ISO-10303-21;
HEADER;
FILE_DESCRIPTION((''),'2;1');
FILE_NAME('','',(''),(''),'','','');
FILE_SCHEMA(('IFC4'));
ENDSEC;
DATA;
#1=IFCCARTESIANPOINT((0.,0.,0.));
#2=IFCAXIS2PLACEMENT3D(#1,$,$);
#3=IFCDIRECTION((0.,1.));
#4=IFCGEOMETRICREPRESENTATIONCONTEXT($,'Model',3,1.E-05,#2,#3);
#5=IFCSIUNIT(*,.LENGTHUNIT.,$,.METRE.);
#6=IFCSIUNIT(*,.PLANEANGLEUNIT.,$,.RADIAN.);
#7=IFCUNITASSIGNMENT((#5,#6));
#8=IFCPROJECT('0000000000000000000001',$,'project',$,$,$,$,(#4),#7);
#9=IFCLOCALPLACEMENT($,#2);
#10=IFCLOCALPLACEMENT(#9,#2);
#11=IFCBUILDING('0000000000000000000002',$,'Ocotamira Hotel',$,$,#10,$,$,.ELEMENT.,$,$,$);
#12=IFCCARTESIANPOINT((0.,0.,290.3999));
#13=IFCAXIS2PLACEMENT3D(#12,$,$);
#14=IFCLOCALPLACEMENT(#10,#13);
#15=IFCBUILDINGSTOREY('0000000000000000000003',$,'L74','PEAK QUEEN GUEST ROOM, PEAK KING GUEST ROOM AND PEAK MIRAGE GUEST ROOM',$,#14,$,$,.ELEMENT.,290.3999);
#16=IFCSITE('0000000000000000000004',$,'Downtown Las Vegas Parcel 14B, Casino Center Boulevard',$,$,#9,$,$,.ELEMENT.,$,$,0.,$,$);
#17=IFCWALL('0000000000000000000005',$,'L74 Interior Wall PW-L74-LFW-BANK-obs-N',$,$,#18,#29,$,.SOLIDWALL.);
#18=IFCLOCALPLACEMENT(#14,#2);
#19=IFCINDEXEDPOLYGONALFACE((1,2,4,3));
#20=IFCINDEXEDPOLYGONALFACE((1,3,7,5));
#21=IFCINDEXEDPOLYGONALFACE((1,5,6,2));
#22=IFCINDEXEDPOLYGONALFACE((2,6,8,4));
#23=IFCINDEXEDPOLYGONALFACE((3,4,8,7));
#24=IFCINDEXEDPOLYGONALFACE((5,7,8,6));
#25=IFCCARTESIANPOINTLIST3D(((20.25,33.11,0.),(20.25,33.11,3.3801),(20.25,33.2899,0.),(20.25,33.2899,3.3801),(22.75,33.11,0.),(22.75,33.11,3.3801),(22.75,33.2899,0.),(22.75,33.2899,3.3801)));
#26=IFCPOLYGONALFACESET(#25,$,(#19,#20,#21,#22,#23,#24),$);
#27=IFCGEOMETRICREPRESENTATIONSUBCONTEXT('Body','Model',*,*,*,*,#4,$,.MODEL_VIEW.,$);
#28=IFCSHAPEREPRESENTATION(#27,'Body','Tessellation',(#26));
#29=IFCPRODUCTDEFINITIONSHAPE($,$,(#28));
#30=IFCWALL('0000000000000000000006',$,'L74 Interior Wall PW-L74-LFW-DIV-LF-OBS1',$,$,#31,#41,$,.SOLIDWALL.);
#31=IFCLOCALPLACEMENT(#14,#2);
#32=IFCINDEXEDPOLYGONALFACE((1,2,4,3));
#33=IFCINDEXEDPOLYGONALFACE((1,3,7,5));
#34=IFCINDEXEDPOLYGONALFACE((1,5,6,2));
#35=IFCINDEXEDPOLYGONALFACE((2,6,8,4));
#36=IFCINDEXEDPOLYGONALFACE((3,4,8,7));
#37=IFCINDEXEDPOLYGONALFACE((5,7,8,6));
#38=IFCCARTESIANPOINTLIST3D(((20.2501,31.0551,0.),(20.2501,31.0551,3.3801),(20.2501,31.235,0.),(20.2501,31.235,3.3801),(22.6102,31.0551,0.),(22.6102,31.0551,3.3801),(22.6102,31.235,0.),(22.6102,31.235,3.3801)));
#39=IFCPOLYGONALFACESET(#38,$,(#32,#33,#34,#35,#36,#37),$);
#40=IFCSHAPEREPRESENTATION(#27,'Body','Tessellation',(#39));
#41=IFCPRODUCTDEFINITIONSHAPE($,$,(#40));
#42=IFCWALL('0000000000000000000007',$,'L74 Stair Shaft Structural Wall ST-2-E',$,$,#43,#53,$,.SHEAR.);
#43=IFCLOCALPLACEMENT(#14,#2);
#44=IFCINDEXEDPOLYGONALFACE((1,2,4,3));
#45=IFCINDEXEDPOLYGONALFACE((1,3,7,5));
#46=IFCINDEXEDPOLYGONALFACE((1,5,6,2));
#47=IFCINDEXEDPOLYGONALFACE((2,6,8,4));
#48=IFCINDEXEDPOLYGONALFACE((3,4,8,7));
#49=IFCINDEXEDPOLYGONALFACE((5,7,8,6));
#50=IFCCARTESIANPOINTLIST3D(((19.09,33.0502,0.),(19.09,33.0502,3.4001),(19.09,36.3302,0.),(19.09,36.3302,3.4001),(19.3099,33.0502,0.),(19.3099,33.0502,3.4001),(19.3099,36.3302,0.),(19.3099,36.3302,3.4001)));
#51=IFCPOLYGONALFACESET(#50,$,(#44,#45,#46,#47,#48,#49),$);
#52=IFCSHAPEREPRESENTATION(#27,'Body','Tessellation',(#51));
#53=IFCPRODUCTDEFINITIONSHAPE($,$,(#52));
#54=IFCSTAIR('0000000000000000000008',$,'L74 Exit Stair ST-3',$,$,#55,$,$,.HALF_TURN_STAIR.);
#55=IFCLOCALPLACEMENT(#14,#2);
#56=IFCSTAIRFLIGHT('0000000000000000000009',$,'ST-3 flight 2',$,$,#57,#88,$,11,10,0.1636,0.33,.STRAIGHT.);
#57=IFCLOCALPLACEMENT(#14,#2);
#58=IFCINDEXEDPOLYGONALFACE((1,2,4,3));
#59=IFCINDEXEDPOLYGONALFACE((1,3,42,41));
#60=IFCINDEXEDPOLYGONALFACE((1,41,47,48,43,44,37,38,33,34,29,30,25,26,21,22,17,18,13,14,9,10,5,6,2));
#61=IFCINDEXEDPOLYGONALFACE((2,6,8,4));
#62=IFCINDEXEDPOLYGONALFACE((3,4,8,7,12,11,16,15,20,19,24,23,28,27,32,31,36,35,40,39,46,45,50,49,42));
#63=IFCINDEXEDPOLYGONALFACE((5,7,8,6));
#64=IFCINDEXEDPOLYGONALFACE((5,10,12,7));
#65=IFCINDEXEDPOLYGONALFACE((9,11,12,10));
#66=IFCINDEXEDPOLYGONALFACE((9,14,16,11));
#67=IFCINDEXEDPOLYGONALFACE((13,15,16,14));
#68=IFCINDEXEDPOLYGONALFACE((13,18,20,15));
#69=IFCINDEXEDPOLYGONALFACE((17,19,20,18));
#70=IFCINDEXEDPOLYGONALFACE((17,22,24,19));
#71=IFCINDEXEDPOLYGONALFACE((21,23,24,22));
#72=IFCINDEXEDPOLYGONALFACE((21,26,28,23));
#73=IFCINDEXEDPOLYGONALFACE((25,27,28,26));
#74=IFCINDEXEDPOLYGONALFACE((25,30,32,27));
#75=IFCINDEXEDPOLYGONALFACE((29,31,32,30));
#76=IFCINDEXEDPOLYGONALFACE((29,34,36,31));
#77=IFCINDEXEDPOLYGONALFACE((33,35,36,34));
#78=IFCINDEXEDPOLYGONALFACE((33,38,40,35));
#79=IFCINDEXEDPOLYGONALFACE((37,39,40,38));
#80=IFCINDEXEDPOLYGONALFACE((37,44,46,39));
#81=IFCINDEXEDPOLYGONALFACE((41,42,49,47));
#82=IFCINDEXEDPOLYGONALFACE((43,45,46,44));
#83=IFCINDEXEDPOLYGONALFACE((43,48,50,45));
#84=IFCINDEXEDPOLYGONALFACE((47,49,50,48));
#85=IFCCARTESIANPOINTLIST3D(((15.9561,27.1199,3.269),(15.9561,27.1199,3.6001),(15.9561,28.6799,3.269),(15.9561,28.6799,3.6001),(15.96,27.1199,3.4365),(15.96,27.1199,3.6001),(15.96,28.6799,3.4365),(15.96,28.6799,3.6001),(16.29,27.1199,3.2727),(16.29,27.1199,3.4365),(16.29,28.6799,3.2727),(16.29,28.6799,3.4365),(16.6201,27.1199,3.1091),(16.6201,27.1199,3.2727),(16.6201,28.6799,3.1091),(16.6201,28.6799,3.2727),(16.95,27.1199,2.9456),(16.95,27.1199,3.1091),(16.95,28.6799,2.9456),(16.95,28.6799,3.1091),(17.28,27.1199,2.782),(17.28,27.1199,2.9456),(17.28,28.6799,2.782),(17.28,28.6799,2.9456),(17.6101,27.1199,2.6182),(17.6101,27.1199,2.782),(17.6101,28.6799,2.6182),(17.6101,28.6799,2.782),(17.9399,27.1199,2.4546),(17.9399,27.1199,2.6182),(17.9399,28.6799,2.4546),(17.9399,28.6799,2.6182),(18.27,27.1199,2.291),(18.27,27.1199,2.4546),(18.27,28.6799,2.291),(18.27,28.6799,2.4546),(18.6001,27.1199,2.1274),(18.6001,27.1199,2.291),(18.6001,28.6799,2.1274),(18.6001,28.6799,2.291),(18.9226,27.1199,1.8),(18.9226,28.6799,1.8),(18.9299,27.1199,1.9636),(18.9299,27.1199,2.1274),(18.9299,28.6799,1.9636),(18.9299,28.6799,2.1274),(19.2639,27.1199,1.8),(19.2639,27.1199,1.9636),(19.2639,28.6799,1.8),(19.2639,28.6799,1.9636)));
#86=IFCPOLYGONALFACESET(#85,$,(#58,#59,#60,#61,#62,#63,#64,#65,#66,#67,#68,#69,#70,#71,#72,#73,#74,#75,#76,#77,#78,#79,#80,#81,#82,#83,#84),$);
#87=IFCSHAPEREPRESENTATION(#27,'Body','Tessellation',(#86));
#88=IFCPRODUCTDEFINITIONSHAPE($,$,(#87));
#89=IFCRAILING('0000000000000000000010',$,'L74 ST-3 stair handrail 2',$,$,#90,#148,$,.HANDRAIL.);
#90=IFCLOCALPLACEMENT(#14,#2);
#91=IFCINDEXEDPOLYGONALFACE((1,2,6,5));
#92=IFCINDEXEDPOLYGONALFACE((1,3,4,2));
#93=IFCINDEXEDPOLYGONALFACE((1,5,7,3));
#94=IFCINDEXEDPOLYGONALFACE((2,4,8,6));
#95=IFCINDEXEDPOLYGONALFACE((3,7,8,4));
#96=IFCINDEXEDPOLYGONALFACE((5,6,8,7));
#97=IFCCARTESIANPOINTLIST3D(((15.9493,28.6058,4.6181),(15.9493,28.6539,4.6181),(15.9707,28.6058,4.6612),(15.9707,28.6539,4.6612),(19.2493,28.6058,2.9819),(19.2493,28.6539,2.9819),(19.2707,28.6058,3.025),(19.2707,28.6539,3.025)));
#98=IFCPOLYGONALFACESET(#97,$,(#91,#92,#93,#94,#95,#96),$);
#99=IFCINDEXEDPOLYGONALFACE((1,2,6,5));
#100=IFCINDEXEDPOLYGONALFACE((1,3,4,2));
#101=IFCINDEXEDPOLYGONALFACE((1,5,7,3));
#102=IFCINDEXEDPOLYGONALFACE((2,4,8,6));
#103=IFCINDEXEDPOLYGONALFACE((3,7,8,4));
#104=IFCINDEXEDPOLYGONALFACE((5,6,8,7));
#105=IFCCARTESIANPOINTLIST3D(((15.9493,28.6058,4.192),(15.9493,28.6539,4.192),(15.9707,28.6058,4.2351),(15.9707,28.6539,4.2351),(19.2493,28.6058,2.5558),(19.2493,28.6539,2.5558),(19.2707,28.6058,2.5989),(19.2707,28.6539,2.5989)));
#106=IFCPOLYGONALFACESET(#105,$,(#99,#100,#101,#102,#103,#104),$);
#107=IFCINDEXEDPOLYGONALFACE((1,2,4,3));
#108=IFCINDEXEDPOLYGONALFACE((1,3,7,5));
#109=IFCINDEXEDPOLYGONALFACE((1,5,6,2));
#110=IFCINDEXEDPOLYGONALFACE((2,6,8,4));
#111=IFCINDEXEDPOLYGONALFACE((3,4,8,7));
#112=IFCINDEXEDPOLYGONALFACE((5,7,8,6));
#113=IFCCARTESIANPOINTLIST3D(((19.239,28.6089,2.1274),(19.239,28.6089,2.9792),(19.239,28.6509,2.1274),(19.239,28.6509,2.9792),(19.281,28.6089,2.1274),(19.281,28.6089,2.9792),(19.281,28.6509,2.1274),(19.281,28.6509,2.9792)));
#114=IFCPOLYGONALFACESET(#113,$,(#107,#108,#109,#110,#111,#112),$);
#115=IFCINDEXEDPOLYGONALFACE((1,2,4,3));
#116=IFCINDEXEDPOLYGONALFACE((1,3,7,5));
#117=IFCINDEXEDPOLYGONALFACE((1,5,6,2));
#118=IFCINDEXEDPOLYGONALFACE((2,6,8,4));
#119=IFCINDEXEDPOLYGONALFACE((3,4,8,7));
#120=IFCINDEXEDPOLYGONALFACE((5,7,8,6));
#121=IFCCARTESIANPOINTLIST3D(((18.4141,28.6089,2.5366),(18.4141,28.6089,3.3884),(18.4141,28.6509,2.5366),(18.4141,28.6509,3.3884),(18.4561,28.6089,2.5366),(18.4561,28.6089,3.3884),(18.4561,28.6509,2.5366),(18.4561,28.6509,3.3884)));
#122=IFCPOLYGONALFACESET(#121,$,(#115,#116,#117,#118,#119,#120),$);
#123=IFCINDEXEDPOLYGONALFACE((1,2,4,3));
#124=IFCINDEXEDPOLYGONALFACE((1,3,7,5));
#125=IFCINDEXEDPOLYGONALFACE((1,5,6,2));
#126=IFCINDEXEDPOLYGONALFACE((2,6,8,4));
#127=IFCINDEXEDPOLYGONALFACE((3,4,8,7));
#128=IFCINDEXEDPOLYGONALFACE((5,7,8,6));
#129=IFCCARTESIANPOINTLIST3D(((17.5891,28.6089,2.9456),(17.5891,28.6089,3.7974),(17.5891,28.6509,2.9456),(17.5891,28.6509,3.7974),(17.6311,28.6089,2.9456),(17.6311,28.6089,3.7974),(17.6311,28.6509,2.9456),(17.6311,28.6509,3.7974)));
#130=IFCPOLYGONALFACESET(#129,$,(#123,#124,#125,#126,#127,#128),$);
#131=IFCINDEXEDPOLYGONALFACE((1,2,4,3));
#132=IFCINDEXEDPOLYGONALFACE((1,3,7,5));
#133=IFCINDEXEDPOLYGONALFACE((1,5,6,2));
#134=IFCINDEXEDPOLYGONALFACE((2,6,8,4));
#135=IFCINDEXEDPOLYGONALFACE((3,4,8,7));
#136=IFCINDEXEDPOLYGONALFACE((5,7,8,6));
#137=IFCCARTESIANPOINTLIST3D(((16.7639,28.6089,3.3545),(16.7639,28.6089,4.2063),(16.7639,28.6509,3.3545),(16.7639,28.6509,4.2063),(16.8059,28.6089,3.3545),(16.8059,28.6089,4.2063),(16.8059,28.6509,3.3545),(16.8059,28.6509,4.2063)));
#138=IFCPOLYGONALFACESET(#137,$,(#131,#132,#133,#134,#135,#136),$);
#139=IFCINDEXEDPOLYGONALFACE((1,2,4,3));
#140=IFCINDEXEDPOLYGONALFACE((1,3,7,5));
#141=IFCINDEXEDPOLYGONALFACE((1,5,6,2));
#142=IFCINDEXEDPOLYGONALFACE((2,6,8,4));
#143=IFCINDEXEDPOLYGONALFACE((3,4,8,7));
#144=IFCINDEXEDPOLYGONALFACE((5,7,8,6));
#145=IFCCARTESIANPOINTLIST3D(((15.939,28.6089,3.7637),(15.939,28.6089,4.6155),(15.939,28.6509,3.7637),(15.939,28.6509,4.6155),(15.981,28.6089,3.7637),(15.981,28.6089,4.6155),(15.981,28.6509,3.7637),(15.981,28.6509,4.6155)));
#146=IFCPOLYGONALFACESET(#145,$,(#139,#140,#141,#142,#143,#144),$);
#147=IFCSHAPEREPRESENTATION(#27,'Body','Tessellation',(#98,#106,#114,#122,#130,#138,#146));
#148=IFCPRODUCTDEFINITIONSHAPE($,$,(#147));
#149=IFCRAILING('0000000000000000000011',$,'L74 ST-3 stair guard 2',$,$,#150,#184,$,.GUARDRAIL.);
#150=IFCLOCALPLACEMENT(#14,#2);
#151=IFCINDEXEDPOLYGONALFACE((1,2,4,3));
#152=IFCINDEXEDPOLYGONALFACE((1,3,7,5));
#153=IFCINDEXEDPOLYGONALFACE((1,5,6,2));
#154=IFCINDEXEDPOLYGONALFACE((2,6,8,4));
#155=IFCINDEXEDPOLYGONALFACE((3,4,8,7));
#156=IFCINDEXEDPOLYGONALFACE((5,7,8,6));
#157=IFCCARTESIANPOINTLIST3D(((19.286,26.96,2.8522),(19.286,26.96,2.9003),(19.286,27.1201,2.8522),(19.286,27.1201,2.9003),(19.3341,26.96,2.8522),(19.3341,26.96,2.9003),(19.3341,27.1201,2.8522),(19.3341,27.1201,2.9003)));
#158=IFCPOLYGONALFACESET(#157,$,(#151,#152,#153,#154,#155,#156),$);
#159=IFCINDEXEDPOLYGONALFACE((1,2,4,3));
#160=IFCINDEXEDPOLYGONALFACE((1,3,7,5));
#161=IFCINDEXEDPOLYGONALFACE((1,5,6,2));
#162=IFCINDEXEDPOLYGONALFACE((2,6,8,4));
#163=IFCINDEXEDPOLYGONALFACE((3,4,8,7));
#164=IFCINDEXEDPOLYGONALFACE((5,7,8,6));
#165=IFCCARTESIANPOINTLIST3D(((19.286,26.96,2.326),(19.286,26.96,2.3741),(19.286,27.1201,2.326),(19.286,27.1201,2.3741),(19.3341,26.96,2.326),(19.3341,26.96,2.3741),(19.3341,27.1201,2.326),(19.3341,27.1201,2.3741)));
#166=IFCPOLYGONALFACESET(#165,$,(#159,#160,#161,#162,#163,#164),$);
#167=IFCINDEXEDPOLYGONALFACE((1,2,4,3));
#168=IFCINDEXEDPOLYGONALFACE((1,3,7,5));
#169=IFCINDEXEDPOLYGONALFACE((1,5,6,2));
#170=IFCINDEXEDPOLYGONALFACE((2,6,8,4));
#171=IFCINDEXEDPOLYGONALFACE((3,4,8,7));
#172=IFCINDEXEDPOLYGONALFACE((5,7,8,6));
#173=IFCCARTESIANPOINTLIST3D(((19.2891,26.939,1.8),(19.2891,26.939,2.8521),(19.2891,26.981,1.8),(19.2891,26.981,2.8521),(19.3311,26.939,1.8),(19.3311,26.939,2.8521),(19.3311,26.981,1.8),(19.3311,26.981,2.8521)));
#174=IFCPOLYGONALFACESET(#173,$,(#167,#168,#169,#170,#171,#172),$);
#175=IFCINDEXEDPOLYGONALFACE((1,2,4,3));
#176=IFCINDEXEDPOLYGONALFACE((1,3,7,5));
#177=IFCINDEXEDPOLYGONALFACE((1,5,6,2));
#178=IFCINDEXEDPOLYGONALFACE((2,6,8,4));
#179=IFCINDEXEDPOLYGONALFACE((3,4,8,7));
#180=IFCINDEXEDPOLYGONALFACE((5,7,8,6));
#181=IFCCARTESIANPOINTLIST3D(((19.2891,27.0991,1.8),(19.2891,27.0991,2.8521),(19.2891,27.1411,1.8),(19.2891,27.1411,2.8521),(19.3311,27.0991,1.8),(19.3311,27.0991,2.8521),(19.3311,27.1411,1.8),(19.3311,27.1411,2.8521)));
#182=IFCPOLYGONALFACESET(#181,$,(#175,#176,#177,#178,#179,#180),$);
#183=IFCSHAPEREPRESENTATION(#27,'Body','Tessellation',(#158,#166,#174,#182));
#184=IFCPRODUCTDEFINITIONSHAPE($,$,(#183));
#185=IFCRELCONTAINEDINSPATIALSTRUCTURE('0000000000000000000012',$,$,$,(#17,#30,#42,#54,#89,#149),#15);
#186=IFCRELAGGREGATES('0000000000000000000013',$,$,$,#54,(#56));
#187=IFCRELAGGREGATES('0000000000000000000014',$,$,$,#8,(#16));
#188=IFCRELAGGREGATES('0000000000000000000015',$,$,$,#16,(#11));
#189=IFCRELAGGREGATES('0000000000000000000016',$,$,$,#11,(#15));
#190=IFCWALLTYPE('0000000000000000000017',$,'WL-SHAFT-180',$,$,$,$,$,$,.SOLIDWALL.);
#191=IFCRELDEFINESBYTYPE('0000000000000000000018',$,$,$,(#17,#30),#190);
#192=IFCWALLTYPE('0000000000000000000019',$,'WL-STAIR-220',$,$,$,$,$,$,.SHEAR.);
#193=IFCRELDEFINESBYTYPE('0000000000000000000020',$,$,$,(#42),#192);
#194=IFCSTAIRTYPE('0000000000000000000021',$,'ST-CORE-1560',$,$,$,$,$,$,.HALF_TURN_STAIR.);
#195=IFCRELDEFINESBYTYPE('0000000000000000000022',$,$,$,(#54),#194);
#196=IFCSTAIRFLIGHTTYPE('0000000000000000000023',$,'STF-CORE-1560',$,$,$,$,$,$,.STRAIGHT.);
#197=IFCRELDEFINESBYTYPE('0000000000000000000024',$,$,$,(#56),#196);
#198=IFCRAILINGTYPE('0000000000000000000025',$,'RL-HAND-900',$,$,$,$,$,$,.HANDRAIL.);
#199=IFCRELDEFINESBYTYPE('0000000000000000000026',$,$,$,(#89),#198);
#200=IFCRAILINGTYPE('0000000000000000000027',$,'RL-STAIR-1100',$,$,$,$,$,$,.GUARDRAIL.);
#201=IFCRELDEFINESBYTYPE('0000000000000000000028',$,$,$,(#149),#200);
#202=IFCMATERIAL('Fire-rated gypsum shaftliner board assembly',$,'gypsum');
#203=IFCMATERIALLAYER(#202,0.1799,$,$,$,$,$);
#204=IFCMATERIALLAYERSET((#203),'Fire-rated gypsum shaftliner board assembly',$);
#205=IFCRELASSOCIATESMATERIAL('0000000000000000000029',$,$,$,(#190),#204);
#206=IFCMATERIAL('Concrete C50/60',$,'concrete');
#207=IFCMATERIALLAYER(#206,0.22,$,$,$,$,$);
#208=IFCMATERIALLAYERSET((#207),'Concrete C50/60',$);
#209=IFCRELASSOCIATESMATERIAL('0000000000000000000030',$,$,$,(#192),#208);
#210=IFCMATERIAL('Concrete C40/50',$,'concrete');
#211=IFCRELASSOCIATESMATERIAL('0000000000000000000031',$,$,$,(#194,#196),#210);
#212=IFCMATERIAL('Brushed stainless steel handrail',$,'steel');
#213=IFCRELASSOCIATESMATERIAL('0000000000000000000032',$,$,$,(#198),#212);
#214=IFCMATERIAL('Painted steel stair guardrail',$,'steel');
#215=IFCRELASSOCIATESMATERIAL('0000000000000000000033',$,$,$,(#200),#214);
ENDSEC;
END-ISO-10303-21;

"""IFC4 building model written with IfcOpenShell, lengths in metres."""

from ifc_helpers import new_model, si_unit, direction, frame, frame_2d, origin, origin_2d, place, context, subcontext, project, spatial, polyline, rectangle, outline, extrude, source, transform, mapped, material, layer, layer_set, type_object, element, aggregate, save


model = new_model("IFC4")

# Units and contexts
model_context = context("Model", 3, precision=1e-05, world=origin(), true_north=direction((0.0, 1.0)))
body_context = subcontext(model_context, "Body", "Model", "MODEL_VIEW")
ifc_project = project(units=[si_unit("LENGTHUNIT", "METRE"), si_unit("PLANEANGLEUNIT", "RADIAN")], contexts=[model_context])

# Site, building, storey
site_placement = place(None, origin())
site = spatial("IfcSite", under=ifc_project, at=site_placement, Name="Downtown Las Vegas Parcel 14B, Casino Center Boulevard", CompositionType="ELEMENT", RefElevation=0.0)
building_placement = place(site_placement, origin())
building = spatial("IfcBuilding", under=site, at=building_placement, Name="Ocotamira Hotel", CompositionType="ELEMENT")
storey_placement = place(building_placement, frame((0.0, 0.0, 290.3999)))
storey = spatial("IfcBuildingStorey", under=building, at=storey_placement, Name="L74", Description="PEAK QUEEN GUEST ROOM, PEAK KING GUEST ROOM AND PEAK MIRAGE GUEST ROOM", CompositionType="ELEMENT", Elevation=290.3999)

# Walls
ifc_material_1 = material(Name="Fire-rated gypsum shaftliner board assembly", Category="gypsum")
ifc_layer_1 = layer(ifc_material_1, 0.1799)
ifc_layer_set_1 = layer_set([ifc_layer_1], Name="Fire-rated gypsum shaftliner board assembly")
wall_type_1 = type_object("IfcWallType", Name="WL-SHAFT-180", PredefinedType="SOLIDWALL", material=ifc_layer_set_1)
wall_1_placement = place(storey_placement, frame((20.25, 33.2, 0.0), z_axis=(0.0, 0.0, 1.0), x_axis=(1.0, 0.0, 0.0)))
element("IfcWall", 1, at=wall_1_placement, inside=storey, type_object=wall_type_1, Name="L74 Interior Wall PW-L74-LFW-BANK-obs-N", PredefinedType="SOLIDWALL", context=body_context, shape_type="SweptSolid", body=[
    extrude(rectangle(XDim=2.5, YDim=0.1799, at=frame_2d((1.25, 0.0))), origin(), (0.0, 0.0, 1.0), 3.3801),
])
wall_2_placement = place(storey_placement, frame((20.25, 31.145, 0.0), z_axis=(0.0, 0.0, 1.0), x_axis=(1.0, 0.0, 0.0)))
element("IfcWall", 2, at=wall_2_placement, inside=storey, type_object=wall_type_1, Name="L74 Interior Wall PW-L74-LFW-DIV-LF-OBS1", PredefinedType="SOLIDWALL", context=body_context, shape_type="SweptSolid", body=[
    extrude(rectangle(XDim=2.3601, YDim=0.1799, at=frame_2d((1.1802, 0.0))), origin(), (0.0, 0.0, 1.0), 3.3801),
])
ifc_material_2 = material(Name="Concrete C50/60", Category="concrete")
ifc_layer_2 = layer(ifc_material_2, 0.22)
ifc_layer_set_2 = layer_set([ifc_layer_2], Name="Concrete C50/60")
wall_type_2 = type_object("IfcWallType", Name="WL-STAIR-220", PredefinedType="SHEAR", material=ifc_layer_set_2)
wall_3_placement = place(storey_placement, frame((19.2, 33.05, 0.0), z_axis=(0.0, 0.0, 1.0), x_axis=(0.0, 1.0, 0.0)))
element("IfcWall", 3, at=wall_3_placement, inside=storey, type_object=wall_type_2, Name="L74 Stair Shaft Structural Wall ST-2-E", PredefinedType="SHEAR", context=body_context, shape_type="SweptSolid", body=[
    extrude(rectangle(XDim=3.28, YDim=0.22, at=frame_2d((1.6401, 0.0))), origin(), (0.0, 0.0, 1.0), 3.4001),
])

# Stair, stair flight
ifc_material_3 = material(Name="Concrete C40/50", Category="concrete")
stair_type = type_object("IfcStairType", Name="ST-CORE-1560", PredefinedType="HALF_TURN_STAIR", material=ifc_material_3)
stair_placement = place(storey_placement, origin())
stair = element("IfcStair", 4, at=stair_placement, inside=storey, type_object=stair_type, Name="L74 Exit Stair ST-3", PredefinedType="HALF_TURN_STAIR")
stair_flight_type = type_object("IfcStairFlightType", Name="STF-CORE-1560", PredefinedType="STRAIGHT", material=ifc_material_3)
shared_shape_1 = source(origin(), body_context, "Body", "SweptSolid", [
    extrude(outline(polyline([(-0.0039, 0.0), (-0.0039, 0.1636), (0.3301, 0.1636), (0.3301, 0.3274), (0.6599, 0.3274), (0.6599, 0.491), (0.99, 0.491), (0.99, 0.6545), (1.3201, 0.6545), (1.3201, 0.8181), (1.6499, 0.8181), (1.6499, 0.9819), (1.98, 0.9819), (1.98, 1.1455), (2.3101, 1.1455), (2.3101, 1.3091), (2.6399, 1.3091), (2.6399, 1.4727), (2.97, 1.4727), (2.97, 1.6365), (3.3, 1.6365), (3.3, 1.8), (3.304, 1.8), (3.304, 1.469), (0.3374, 0.0), (-0.0039, 0.0)])), frame((0.0, 0.78, 0.0), z_axis=(0.0, -1.0, 0.0), x_axis=(1.0, 0.0, 0.0)), (0.0, 0.0, 1.0), 1.5601),
])
stair_flight_placement = place(storey_placement, frame((19.26, 27.8999, 1.8), z_axis=(0.0, 0.0, 1.0), x_axis=(-1.0, 0.0, 0.0)))
stair_flight = element("IfcStairFlight", 5, at=stair_flight_placement, type_object=stair_flight_type, Name="ST-3 flight 2", NumberOfRisers=11, NumberOfTreads=10, PredefinedType="STRAIGHT", RiserHeight=0.1636, TreadLength=0.33, context=body_context, shape_type="MappedRepresentation", body=[
    mapped(shared_shape_1, transform((0.0, 0.0, 0.0), scale=1.0)),
])
aggregate(stair, [stair_flight])

# Railings
ifc_material_4 = material(Name="Brushed stainless steel handrail", Category="steel")
railing_type_1 = type_object("IfcRailingType", Name="RL-HAND-900", PredefinedType="HANDRAIL", material=ifc_material_4)
railing_1_placement = place(storey_placement, frame((19.26, 28.6299, 2.1274)))
element("IfcRailing", 6, at=railing_1_placement, inside=storey, type_object=railing_type_1, Name="L74 ST-3 stair handrail 2", PredefinedType="HANDRAIL", context=body_context, shape_type="SweptSolid", body=[
    extrude(rectangle(XDim=0.0481, YDim=0.0481, at=origin_2d()), frame((0.0, 0.0, 0.876), z_axis=(-0.89592, 0.0, 0.444215), x_axis=(0.0, -1.0, 0.0)), (0.0, 0.0, 1.0), 3.6833),
    extrude(rectangle(XDim=0.0481, YDim=0.0481, at=origin_2d()), frame((0.0, 0.0, 0.45), z_axis=(-0.89592, 0.0, 0.444215), x_axis=(0.0, -1.0, 0.0)), (0.0, 0.0, 1.0), 3.6833),
    extrude(rectangle(XDim=0.042, YDim=0.042, at=origin_2d()), origin(), (0.0, 0.0, 1.0), 0.8518),
    extrude(rectangle(XDim=0.042, YDim=0.042, at=origin_2d()), frame((-0.825, 0.0, 0.4092)), (0.0, 0.0, 1.0), 0.8518),
    extrude(rectangle(XDim=0.042, YDim=0.042, at=origin_2d()), frame((-1.6499, 0.0, 0.8181)), (0.0, 0.0, 1.0), 0.8518),
    extrude(rectangle(XDim=0.042, YDim=0.042, at=origin_2d()), frame((-2.4751, 0.0, 1.2271)), (0.0, 0.0, 1.0), 0.8518),
    extrude(rectangle(XDim=0.042, YDim=0.042, at=origin_2d()), frame((-3.3, 0.0, 1.6362)), (0.0, 0.0, 1.0), 0.8518),
])
ifc_material_5 = material(Name="Painted steel stair guardrail", Category="steel")
railing_type_2 = type_object("IfcRailingType", Name="RL-STAIR-1100", PredefinedType="GUARDRAIL", material=ifc_material_5)
railing_2_placement = place(storey_placement, frame((19.3101, 26.96, 1.8)))
element("IfcRailing", 7, at=railing_2_placement, inside=storey, type_object=railing_type_2, Name="L74 ST-3 stair guard 2", PredefinedType="GUARDRAIL", context=body_context, shape_type="SweptSolid", body=[
    extrude(rectangle(XDim=0.0481, YDim=0.0481, at=origin_2d()), frame((0.0, 0.0, 1.0762), z_axis=(0.0, 1.0, 0.0), x_axis=(-1.0, 0.0, 0.0)), (0.0, 0.0, 1.0), 0.1602),
    extrude(rectangle(XDim=0.0481, YDim=0.0481, at=origin_2d()), frame((0.0, 0.0, 0.55), z_axis=(0.0, 1.0, 0.0), x_axis=(-1.0, 0.0, 0.0)), (0.0, 0.0, 1.0), 0.1602),
    extrude(rectangle(XDim=0.042, YDim=0.042, at=origin_2d()), origin(), (0.0, 0.0, 1.0), 1.052),
    extrude(rectangle(XDim=0.042, YDim=0.042, at=origin_2d()), frame((0.0, 0.1602, 0.0)), (0.0, 0.0, 1.0), 1.052),
])

save(model, "model.ifc")
